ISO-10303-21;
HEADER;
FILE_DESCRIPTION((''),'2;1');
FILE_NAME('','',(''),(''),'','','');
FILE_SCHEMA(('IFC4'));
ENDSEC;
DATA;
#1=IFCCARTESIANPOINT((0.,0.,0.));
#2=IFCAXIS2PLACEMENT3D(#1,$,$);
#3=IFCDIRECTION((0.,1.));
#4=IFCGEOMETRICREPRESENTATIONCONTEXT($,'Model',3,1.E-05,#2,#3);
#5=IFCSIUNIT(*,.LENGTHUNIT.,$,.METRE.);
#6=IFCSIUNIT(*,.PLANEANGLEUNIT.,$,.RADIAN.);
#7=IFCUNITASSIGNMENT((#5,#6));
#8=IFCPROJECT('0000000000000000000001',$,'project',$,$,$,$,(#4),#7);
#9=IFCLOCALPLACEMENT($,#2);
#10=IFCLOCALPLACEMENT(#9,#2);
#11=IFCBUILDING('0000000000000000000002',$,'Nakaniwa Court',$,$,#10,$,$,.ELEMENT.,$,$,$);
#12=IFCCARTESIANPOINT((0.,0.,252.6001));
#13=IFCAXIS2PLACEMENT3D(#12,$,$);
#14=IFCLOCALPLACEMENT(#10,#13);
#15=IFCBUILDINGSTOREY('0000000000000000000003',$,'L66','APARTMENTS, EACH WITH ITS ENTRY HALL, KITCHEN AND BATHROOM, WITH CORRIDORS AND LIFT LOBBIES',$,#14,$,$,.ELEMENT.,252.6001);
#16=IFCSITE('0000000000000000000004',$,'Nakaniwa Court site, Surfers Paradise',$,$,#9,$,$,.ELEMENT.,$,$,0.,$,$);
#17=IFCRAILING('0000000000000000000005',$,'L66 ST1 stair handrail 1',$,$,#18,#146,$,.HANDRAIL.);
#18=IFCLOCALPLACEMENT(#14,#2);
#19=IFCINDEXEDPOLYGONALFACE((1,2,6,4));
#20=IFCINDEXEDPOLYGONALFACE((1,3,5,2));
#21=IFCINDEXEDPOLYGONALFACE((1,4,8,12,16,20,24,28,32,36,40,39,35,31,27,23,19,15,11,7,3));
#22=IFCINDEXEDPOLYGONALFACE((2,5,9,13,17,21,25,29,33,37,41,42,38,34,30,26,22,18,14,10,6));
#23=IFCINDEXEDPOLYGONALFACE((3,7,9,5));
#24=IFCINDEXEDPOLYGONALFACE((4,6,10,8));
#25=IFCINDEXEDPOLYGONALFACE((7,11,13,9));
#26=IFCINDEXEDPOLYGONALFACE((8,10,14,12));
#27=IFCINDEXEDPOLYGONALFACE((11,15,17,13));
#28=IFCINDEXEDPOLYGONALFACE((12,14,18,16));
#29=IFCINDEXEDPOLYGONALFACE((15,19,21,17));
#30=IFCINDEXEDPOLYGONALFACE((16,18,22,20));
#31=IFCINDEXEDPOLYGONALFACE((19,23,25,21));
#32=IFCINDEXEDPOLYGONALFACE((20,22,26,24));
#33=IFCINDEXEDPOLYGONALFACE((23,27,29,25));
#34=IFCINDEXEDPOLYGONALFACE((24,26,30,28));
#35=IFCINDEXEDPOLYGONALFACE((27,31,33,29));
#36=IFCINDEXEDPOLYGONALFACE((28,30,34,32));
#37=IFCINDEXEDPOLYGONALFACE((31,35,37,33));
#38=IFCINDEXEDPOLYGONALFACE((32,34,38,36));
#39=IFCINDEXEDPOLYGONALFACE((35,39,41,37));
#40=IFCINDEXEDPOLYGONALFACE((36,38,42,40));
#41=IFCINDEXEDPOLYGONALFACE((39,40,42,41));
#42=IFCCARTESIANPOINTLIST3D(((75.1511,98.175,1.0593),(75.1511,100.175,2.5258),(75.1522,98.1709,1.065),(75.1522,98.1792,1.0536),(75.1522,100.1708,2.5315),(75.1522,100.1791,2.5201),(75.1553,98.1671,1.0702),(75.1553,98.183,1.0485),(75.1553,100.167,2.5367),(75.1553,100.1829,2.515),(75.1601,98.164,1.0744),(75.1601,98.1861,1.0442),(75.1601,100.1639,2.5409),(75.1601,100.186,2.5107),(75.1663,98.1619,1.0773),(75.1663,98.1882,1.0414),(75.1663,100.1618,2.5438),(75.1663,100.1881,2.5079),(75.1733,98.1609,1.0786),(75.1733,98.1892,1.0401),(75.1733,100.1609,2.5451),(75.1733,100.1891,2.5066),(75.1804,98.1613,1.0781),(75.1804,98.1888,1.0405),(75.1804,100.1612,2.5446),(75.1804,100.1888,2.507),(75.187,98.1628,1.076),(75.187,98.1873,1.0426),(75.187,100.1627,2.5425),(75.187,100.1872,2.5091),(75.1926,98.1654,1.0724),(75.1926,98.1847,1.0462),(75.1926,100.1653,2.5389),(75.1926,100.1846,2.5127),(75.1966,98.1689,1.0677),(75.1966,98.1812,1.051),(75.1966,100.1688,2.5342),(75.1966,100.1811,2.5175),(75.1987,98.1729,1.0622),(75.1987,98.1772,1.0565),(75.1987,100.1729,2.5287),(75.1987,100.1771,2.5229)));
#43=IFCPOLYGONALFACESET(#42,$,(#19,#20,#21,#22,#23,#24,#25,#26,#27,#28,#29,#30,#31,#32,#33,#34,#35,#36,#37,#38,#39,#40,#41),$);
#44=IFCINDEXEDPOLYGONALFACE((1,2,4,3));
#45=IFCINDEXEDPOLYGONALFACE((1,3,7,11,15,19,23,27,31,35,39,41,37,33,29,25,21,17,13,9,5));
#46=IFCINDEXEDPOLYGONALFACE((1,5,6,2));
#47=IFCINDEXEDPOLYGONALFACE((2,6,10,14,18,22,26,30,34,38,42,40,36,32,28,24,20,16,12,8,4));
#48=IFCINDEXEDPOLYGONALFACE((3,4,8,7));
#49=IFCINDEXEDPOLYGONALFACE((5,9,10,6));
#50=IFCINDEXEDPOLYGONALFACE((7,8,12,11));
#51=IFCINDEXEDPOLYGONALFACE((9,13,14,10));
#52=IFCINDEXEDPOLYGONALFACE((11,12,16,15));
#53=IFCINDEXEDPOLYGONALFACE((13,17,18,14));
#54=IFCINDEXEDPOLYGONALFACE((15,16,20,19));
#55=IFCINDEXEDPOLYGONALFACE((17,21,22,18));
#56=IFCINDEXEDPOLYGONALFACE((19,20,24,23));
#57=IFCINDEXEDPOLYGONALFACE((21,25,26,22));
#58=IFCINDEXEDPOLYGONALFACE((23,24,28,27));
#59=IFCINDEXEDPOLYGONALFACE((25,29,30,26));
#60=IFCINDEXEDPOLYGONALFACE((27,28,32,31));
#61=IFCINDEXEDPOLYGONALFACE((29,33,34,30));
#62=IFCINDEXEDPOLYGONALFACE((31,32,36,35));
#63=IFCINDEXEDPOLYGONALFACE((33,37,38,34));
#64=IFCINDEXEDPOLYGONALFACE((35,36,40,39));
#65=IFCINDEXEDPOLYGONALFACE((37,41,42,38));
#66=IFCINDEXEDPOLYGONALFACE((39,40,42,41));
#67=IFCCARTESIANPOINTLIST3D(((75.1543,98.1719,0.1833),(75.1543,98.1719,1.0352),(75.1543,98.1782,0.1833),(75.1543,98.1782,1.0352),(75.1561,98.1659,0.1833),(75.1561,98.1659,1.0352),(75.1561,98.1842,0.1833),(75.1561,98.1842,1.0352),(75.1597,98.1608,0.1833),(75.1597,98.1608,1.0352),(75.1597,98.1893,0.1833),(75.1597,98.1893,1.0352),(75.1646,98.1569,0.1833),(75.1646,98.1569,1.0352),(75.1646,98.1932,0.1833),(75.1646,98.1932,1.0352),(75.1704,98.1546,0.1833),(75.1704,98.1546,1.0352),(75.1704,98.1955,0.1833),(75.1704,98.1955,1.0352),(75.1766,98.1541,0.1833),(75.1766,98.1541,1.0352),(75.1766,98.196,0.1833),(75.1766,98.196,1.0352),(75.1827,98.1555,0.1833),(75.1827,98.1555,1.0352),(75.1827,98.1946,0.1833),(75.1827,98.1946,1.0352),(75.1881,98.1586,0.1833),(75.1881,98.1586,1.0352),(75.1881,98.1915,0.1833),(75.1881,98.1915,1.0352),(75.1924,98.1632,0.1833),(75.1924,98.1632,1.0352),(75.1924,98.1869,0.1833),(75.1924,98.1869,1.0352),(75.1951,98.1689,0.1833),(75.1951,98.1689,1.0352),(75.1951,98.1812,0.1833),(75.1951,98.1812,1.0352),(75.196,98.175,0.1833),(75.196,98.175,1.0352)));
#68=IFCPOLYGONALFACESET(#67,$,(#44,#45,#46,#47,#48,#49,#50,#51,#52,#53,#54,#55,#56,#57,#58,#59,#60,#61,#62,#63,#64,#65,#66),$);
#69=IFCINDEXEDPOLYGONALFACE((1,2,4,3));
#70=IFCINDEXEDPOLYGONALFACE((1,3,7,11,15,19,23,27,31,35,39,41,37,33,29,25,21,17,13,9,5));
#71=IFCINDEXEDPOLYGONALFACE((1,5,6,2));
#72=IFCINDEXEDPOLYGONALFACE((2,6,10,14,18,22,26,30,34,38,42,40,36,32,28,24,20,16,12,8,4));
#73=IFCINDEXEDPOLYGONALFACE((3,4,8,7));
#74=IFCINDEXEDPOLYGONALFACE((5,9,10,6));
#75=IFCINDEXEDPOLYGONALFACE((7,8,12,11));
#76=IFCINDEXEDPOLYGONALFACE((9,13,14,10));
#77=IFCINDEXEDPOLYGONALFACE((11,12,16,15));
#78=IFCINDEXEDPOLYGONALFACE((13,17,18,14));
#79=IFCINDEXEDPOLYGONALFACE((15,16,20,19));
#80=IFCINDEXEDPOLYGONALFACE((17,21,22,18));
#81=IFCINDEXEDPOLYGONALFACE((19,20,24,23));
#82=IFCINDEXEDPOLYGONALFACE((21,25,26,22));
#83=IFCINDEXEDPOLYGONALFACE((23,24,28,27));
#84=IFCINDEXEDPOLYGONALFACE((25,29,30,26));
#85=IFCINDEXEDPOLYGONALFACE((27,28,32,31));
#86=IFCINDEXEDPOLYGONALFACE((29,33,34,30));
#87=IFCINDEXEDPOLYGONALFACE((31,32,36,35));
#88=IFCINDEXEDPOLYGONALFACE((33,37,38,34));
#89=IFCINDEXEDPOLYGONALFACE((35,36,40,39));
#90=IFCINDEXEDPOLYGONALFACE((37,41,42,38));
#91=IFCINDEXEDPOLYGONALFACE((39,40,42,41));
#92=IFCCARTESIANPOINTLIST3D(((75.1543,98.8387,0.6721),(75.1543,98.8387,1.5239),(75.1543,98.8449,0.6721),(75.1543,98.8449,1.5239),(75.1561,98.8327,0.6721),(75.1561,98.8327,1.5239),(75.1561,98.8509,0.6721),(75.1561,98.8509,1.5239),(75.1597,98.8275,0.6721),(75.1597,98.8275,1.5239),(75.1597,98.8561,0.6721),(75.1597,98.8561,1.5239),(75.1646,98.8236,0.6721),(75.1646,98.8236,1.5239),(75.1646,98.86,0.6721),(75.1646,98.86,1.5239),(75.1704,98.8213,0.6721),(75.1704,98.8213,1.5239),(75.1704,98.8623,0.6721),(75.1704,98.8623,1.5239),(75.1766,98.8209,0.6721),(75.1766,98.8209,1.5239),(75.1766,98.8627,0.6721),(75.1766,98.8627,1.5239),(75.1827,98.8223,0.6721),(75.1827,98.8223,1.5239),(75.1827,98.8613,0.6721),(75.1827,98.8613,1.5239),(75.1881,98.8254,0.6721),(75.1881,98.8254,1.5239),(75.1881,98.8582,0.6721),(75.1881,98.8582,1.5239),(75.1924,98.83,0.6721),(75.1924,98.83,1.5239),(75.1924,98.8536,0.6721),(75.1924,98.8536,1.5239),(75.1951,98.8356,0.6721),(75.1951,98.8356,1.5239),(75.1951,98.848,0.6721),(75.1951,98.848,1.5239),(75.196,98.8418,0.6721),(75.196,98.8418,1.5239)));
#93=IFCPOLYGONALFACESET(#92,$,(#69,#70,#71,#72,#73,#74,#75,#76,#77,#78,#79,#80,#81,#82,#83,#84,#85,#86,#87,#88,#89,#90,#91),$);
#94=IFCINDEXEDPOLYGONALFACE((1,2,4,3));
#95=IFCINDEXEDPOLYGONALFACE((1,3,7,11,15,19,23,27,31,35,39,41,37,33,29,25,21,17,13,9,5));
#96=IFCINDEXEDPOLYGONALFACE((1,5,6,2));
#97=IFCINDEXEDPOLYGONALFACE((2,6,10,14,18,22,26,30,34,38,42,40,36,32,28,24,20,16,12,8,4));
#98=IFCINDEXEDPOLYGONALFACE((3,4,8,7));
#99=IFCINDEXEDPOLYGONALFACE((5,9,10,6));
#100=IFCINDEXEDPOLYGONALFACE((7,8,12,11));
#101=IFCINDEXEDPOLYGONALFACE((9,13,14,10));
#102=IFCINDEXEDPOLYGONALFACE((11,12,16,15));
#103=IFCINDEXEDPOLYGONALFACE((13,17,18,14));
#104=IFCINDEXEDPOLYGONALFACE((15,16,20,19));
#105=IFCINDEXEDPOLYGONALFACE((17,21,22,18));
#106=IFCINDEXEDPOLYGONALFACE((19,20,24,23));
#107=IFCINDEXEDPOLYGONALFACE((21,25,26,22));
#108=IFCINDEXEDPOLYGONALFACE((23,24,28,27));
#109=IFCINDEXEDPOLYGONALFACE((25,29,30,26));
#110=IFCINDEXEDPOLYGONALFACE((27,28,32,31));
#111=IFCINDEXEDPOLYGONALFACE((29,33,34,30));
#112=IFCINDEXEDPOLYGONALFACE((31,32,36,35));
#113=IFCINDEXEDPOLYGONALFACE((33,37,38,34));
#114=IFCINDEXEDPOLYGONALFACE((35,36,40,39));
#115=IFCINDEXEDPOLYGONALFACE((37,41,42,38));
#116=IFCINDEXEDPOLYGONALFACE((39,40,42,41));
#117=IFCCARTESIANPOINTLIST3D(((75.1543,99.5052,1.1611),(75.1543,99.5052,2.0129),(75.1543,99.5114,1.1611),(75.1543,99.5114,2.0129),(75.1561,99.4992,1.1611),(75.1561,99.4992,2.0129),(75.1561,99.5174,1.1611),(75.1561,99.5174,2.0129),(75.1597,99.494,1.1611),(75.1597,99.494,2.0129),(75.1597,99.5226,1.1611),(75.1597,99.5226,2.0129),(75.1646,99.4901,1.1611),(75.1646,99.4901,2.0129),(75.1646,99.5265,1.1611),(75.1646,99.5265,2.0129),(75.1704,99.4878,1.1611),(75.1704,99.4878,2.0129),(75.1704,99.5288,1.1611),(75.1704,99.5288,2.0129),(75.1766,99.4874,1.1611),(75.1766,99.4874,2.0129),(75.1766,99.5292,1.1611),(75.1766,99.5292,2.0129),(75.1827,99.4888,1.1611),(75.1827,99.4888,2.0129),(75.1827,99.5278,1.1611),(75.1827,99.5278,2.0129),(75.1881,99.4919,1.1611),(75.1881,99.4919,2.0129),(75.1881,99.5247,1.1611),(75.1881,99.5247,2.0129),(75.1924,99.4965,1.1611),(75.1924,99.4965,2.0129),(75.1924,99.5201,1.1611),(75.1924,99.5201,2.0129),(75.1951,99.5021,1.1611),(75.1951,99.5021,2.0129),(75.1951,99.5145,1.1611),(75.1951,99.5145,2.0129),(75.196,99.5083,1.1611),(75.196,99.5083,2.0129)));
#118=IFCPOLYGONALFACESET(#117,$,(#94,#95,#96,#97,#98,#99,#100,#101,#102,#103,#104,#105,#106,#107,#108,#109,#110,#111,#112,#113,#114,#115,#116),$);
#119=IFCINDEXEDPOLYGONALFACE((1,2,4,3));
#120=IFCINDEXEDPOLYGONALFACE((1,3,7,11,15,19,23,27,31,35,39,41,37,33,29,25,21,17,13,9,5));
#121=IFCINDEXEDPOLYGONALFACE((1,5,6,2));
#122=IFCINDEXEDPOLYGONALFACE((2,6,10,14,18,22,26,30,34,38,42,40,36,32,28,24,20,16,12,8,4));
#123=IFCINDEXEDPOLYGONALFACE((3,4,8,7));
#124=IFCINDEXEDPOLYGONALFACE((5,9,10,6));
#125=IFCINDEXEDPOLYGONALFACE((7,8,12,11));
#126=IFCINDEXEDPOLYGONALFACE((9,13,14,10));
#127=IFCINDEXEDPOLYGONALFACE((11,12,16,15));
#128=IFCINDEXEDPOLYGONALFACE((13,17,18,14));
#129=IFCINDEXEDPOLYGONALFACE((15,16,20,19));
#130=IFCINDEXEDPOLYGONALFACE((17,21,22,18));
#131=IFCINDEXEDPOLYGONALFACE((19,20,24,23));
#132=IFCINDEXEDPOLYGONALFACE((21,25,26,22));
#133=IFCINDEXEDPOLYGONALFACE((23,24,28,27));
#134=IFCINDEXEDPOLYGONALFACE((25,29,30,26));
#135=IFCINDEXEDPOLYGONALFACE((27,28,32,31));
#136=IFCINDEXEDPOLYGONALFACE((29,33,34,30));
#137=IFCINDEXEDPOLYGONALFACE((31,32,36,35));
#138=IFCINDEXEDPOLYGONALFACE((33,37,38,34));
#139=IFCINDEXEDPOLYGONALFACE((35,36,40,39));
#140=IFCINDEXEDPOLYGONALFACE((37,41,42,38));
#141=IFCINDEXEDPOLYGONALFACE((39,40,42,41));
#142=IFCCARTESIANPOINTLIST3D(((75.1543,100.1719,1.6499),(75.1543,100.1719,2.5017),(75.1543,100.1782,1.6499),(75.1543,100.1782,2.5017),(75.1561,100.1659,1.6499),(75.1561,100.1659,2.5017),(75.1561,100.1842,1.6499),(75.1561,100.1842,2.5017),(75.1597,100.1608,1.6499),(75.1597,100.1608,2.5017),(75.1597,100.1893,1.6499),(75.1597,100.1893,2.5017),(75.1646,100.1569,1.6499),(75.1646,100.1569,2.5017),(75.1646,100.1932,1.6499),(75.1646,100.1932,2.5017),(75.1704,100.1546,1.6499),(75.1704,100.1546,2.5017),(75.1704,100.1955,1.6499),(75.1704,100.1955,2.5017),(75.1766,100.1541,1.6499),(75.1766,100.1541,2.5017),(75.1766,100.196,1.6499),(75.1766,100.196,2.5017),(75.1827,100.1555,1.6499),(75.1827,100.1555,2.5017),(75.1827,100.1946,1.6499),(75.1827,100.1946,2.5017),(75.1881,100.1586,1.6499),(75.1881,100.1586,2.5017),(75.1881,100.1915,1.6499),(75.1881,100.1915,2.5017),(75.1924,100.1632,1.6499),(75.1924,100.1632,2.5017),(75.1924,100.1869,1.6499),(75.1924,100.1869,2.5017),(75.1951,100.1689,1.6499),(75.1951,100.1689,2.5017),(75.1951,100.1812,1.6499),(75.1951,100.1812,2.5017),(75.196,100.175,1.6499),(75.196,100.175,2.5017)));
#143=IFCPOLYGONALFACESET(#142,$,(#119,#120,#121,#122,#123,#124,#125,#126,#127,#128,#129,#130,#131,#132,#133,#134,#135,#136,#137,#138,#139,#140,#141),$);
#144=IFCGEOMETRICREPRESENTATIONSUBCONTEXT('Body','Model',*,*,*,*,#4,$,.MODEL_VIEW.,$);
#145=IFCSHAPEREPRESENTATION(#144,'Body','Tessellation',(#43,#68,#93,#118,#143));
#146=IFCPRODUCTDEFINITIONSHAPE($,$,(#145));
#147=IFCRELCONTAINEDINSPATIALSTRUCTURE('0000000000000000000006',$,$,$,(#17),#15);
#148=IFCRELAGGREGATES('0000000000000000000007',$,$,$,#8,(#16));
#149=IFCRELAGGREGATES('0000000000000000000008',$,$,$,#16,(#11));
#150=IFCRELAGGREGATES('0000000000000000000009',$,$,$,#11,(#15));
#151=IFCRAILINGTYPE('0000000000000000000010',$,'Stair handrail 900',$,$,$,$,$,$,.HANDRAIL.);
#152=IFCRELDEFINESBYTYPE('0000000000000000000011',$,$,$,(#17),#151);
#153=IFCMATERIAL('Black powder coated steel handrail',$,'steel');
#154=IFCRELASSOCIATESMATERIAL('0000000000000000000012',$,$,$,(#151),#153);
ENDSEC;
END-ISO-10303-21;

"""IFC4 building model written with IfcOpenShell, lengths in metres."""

from ifc_helpers import new_model, si_unit, direction, frame, origin, origin_2d, place, context, subcontext, project, spatial, circle, extrude, material, type_object, element, save


model = new_model("IFC4")

# Units and contexts
model_context = context("Model", 3, precision=1e-05, world=origin(), true_north=direction((0.0, 1.0)))
body_context = subcontext(model_context, "Body", "Model", "MODEL_VIEW")
ifc_project = project(units=[si_unit("LENGTHUNIT", "METRE"), si_unit("PLANEANGLEUNIT", "RADIAN")], contexts=[model_context])

# Site, building, storey
site_placement = place(None, origin())
site = spatial("IfcSite", under=ifc_project, at=site_placement, Name="Nakaniwa Court site, Surfers Paradise", CompositionType="ELEMENT", RefElevation=0.0)
building_placement = place(site_placement, origin())
building = spatial("IfcBuilding", under=site, at=building_placement, Name="Nakaniwa Court", CompositionType="ELEMENT")
storey_placement = place(building_placement, frame((0.0, 0.0, 252.6001)))
storey = spatial("IfcBuildingStorey", under=building, at=storey_placement, Name="L66", Description="APARTMENTS, EACH WITH ITS ENTRY HALL, KITCHEN AND BATHROOM, WITH CORRIDORS AND LIFT LOBBIES", CompositionType="ELEMENT", Elevation=252.6001)

# Railing
ifc_material_1 = material(Name="Black powder coated steel handrail", Category="steel")
railing_type_1 = type_object("IfcRailingType", Name="Stair handrail 900", PredefinedType="HANDRAIL", material=ifc_material_1)
railing_1_placement = place(storey_placement, frame((75.175, 98.175, 0.1833)))
element("IfcRailing", 1, at=railing_1_placement, inside=storey, type_object=railing_type_1, Name="L66 ST1 stair handrail 1", PredefinedType="HANDRAIL", context=body_context, shape_type="SweptSolid", body=[
    extrude(circle(Radius=0.0239, at=origin_2d()), frame((0.0, 0.0, 0.876), z_axis=(0.0, 0.806427, 0.591334), x_axis=(-1.0, 0.0, 0.0)), (0.0, 0.0, 1.0), 2.48),
    extrude(circle(Radius=0.021, at=origin_2d()), origin(), (0.0, 0.0, 1.0), 0.8518),
    extrude(circle(Radius=0.021, at=origin_2d()), frame((0.0, 0.6667, 0.4888)), (0.0, 0.0, 1.0), 0.8518),
    extrude(circle(Radius=0.021, at=origin_2d()), frame((0.0, 1.3333, 0.9778)), (0.0, 0.0, 1.0), 0.8518),
    extrude(circle(Radius=0.021, at=origin_2d()), frame((0.0, 2.0, 1.4666)), (0.0, 0.0, 1.0), 0.8518),
])

save(model, "model.ifc")
